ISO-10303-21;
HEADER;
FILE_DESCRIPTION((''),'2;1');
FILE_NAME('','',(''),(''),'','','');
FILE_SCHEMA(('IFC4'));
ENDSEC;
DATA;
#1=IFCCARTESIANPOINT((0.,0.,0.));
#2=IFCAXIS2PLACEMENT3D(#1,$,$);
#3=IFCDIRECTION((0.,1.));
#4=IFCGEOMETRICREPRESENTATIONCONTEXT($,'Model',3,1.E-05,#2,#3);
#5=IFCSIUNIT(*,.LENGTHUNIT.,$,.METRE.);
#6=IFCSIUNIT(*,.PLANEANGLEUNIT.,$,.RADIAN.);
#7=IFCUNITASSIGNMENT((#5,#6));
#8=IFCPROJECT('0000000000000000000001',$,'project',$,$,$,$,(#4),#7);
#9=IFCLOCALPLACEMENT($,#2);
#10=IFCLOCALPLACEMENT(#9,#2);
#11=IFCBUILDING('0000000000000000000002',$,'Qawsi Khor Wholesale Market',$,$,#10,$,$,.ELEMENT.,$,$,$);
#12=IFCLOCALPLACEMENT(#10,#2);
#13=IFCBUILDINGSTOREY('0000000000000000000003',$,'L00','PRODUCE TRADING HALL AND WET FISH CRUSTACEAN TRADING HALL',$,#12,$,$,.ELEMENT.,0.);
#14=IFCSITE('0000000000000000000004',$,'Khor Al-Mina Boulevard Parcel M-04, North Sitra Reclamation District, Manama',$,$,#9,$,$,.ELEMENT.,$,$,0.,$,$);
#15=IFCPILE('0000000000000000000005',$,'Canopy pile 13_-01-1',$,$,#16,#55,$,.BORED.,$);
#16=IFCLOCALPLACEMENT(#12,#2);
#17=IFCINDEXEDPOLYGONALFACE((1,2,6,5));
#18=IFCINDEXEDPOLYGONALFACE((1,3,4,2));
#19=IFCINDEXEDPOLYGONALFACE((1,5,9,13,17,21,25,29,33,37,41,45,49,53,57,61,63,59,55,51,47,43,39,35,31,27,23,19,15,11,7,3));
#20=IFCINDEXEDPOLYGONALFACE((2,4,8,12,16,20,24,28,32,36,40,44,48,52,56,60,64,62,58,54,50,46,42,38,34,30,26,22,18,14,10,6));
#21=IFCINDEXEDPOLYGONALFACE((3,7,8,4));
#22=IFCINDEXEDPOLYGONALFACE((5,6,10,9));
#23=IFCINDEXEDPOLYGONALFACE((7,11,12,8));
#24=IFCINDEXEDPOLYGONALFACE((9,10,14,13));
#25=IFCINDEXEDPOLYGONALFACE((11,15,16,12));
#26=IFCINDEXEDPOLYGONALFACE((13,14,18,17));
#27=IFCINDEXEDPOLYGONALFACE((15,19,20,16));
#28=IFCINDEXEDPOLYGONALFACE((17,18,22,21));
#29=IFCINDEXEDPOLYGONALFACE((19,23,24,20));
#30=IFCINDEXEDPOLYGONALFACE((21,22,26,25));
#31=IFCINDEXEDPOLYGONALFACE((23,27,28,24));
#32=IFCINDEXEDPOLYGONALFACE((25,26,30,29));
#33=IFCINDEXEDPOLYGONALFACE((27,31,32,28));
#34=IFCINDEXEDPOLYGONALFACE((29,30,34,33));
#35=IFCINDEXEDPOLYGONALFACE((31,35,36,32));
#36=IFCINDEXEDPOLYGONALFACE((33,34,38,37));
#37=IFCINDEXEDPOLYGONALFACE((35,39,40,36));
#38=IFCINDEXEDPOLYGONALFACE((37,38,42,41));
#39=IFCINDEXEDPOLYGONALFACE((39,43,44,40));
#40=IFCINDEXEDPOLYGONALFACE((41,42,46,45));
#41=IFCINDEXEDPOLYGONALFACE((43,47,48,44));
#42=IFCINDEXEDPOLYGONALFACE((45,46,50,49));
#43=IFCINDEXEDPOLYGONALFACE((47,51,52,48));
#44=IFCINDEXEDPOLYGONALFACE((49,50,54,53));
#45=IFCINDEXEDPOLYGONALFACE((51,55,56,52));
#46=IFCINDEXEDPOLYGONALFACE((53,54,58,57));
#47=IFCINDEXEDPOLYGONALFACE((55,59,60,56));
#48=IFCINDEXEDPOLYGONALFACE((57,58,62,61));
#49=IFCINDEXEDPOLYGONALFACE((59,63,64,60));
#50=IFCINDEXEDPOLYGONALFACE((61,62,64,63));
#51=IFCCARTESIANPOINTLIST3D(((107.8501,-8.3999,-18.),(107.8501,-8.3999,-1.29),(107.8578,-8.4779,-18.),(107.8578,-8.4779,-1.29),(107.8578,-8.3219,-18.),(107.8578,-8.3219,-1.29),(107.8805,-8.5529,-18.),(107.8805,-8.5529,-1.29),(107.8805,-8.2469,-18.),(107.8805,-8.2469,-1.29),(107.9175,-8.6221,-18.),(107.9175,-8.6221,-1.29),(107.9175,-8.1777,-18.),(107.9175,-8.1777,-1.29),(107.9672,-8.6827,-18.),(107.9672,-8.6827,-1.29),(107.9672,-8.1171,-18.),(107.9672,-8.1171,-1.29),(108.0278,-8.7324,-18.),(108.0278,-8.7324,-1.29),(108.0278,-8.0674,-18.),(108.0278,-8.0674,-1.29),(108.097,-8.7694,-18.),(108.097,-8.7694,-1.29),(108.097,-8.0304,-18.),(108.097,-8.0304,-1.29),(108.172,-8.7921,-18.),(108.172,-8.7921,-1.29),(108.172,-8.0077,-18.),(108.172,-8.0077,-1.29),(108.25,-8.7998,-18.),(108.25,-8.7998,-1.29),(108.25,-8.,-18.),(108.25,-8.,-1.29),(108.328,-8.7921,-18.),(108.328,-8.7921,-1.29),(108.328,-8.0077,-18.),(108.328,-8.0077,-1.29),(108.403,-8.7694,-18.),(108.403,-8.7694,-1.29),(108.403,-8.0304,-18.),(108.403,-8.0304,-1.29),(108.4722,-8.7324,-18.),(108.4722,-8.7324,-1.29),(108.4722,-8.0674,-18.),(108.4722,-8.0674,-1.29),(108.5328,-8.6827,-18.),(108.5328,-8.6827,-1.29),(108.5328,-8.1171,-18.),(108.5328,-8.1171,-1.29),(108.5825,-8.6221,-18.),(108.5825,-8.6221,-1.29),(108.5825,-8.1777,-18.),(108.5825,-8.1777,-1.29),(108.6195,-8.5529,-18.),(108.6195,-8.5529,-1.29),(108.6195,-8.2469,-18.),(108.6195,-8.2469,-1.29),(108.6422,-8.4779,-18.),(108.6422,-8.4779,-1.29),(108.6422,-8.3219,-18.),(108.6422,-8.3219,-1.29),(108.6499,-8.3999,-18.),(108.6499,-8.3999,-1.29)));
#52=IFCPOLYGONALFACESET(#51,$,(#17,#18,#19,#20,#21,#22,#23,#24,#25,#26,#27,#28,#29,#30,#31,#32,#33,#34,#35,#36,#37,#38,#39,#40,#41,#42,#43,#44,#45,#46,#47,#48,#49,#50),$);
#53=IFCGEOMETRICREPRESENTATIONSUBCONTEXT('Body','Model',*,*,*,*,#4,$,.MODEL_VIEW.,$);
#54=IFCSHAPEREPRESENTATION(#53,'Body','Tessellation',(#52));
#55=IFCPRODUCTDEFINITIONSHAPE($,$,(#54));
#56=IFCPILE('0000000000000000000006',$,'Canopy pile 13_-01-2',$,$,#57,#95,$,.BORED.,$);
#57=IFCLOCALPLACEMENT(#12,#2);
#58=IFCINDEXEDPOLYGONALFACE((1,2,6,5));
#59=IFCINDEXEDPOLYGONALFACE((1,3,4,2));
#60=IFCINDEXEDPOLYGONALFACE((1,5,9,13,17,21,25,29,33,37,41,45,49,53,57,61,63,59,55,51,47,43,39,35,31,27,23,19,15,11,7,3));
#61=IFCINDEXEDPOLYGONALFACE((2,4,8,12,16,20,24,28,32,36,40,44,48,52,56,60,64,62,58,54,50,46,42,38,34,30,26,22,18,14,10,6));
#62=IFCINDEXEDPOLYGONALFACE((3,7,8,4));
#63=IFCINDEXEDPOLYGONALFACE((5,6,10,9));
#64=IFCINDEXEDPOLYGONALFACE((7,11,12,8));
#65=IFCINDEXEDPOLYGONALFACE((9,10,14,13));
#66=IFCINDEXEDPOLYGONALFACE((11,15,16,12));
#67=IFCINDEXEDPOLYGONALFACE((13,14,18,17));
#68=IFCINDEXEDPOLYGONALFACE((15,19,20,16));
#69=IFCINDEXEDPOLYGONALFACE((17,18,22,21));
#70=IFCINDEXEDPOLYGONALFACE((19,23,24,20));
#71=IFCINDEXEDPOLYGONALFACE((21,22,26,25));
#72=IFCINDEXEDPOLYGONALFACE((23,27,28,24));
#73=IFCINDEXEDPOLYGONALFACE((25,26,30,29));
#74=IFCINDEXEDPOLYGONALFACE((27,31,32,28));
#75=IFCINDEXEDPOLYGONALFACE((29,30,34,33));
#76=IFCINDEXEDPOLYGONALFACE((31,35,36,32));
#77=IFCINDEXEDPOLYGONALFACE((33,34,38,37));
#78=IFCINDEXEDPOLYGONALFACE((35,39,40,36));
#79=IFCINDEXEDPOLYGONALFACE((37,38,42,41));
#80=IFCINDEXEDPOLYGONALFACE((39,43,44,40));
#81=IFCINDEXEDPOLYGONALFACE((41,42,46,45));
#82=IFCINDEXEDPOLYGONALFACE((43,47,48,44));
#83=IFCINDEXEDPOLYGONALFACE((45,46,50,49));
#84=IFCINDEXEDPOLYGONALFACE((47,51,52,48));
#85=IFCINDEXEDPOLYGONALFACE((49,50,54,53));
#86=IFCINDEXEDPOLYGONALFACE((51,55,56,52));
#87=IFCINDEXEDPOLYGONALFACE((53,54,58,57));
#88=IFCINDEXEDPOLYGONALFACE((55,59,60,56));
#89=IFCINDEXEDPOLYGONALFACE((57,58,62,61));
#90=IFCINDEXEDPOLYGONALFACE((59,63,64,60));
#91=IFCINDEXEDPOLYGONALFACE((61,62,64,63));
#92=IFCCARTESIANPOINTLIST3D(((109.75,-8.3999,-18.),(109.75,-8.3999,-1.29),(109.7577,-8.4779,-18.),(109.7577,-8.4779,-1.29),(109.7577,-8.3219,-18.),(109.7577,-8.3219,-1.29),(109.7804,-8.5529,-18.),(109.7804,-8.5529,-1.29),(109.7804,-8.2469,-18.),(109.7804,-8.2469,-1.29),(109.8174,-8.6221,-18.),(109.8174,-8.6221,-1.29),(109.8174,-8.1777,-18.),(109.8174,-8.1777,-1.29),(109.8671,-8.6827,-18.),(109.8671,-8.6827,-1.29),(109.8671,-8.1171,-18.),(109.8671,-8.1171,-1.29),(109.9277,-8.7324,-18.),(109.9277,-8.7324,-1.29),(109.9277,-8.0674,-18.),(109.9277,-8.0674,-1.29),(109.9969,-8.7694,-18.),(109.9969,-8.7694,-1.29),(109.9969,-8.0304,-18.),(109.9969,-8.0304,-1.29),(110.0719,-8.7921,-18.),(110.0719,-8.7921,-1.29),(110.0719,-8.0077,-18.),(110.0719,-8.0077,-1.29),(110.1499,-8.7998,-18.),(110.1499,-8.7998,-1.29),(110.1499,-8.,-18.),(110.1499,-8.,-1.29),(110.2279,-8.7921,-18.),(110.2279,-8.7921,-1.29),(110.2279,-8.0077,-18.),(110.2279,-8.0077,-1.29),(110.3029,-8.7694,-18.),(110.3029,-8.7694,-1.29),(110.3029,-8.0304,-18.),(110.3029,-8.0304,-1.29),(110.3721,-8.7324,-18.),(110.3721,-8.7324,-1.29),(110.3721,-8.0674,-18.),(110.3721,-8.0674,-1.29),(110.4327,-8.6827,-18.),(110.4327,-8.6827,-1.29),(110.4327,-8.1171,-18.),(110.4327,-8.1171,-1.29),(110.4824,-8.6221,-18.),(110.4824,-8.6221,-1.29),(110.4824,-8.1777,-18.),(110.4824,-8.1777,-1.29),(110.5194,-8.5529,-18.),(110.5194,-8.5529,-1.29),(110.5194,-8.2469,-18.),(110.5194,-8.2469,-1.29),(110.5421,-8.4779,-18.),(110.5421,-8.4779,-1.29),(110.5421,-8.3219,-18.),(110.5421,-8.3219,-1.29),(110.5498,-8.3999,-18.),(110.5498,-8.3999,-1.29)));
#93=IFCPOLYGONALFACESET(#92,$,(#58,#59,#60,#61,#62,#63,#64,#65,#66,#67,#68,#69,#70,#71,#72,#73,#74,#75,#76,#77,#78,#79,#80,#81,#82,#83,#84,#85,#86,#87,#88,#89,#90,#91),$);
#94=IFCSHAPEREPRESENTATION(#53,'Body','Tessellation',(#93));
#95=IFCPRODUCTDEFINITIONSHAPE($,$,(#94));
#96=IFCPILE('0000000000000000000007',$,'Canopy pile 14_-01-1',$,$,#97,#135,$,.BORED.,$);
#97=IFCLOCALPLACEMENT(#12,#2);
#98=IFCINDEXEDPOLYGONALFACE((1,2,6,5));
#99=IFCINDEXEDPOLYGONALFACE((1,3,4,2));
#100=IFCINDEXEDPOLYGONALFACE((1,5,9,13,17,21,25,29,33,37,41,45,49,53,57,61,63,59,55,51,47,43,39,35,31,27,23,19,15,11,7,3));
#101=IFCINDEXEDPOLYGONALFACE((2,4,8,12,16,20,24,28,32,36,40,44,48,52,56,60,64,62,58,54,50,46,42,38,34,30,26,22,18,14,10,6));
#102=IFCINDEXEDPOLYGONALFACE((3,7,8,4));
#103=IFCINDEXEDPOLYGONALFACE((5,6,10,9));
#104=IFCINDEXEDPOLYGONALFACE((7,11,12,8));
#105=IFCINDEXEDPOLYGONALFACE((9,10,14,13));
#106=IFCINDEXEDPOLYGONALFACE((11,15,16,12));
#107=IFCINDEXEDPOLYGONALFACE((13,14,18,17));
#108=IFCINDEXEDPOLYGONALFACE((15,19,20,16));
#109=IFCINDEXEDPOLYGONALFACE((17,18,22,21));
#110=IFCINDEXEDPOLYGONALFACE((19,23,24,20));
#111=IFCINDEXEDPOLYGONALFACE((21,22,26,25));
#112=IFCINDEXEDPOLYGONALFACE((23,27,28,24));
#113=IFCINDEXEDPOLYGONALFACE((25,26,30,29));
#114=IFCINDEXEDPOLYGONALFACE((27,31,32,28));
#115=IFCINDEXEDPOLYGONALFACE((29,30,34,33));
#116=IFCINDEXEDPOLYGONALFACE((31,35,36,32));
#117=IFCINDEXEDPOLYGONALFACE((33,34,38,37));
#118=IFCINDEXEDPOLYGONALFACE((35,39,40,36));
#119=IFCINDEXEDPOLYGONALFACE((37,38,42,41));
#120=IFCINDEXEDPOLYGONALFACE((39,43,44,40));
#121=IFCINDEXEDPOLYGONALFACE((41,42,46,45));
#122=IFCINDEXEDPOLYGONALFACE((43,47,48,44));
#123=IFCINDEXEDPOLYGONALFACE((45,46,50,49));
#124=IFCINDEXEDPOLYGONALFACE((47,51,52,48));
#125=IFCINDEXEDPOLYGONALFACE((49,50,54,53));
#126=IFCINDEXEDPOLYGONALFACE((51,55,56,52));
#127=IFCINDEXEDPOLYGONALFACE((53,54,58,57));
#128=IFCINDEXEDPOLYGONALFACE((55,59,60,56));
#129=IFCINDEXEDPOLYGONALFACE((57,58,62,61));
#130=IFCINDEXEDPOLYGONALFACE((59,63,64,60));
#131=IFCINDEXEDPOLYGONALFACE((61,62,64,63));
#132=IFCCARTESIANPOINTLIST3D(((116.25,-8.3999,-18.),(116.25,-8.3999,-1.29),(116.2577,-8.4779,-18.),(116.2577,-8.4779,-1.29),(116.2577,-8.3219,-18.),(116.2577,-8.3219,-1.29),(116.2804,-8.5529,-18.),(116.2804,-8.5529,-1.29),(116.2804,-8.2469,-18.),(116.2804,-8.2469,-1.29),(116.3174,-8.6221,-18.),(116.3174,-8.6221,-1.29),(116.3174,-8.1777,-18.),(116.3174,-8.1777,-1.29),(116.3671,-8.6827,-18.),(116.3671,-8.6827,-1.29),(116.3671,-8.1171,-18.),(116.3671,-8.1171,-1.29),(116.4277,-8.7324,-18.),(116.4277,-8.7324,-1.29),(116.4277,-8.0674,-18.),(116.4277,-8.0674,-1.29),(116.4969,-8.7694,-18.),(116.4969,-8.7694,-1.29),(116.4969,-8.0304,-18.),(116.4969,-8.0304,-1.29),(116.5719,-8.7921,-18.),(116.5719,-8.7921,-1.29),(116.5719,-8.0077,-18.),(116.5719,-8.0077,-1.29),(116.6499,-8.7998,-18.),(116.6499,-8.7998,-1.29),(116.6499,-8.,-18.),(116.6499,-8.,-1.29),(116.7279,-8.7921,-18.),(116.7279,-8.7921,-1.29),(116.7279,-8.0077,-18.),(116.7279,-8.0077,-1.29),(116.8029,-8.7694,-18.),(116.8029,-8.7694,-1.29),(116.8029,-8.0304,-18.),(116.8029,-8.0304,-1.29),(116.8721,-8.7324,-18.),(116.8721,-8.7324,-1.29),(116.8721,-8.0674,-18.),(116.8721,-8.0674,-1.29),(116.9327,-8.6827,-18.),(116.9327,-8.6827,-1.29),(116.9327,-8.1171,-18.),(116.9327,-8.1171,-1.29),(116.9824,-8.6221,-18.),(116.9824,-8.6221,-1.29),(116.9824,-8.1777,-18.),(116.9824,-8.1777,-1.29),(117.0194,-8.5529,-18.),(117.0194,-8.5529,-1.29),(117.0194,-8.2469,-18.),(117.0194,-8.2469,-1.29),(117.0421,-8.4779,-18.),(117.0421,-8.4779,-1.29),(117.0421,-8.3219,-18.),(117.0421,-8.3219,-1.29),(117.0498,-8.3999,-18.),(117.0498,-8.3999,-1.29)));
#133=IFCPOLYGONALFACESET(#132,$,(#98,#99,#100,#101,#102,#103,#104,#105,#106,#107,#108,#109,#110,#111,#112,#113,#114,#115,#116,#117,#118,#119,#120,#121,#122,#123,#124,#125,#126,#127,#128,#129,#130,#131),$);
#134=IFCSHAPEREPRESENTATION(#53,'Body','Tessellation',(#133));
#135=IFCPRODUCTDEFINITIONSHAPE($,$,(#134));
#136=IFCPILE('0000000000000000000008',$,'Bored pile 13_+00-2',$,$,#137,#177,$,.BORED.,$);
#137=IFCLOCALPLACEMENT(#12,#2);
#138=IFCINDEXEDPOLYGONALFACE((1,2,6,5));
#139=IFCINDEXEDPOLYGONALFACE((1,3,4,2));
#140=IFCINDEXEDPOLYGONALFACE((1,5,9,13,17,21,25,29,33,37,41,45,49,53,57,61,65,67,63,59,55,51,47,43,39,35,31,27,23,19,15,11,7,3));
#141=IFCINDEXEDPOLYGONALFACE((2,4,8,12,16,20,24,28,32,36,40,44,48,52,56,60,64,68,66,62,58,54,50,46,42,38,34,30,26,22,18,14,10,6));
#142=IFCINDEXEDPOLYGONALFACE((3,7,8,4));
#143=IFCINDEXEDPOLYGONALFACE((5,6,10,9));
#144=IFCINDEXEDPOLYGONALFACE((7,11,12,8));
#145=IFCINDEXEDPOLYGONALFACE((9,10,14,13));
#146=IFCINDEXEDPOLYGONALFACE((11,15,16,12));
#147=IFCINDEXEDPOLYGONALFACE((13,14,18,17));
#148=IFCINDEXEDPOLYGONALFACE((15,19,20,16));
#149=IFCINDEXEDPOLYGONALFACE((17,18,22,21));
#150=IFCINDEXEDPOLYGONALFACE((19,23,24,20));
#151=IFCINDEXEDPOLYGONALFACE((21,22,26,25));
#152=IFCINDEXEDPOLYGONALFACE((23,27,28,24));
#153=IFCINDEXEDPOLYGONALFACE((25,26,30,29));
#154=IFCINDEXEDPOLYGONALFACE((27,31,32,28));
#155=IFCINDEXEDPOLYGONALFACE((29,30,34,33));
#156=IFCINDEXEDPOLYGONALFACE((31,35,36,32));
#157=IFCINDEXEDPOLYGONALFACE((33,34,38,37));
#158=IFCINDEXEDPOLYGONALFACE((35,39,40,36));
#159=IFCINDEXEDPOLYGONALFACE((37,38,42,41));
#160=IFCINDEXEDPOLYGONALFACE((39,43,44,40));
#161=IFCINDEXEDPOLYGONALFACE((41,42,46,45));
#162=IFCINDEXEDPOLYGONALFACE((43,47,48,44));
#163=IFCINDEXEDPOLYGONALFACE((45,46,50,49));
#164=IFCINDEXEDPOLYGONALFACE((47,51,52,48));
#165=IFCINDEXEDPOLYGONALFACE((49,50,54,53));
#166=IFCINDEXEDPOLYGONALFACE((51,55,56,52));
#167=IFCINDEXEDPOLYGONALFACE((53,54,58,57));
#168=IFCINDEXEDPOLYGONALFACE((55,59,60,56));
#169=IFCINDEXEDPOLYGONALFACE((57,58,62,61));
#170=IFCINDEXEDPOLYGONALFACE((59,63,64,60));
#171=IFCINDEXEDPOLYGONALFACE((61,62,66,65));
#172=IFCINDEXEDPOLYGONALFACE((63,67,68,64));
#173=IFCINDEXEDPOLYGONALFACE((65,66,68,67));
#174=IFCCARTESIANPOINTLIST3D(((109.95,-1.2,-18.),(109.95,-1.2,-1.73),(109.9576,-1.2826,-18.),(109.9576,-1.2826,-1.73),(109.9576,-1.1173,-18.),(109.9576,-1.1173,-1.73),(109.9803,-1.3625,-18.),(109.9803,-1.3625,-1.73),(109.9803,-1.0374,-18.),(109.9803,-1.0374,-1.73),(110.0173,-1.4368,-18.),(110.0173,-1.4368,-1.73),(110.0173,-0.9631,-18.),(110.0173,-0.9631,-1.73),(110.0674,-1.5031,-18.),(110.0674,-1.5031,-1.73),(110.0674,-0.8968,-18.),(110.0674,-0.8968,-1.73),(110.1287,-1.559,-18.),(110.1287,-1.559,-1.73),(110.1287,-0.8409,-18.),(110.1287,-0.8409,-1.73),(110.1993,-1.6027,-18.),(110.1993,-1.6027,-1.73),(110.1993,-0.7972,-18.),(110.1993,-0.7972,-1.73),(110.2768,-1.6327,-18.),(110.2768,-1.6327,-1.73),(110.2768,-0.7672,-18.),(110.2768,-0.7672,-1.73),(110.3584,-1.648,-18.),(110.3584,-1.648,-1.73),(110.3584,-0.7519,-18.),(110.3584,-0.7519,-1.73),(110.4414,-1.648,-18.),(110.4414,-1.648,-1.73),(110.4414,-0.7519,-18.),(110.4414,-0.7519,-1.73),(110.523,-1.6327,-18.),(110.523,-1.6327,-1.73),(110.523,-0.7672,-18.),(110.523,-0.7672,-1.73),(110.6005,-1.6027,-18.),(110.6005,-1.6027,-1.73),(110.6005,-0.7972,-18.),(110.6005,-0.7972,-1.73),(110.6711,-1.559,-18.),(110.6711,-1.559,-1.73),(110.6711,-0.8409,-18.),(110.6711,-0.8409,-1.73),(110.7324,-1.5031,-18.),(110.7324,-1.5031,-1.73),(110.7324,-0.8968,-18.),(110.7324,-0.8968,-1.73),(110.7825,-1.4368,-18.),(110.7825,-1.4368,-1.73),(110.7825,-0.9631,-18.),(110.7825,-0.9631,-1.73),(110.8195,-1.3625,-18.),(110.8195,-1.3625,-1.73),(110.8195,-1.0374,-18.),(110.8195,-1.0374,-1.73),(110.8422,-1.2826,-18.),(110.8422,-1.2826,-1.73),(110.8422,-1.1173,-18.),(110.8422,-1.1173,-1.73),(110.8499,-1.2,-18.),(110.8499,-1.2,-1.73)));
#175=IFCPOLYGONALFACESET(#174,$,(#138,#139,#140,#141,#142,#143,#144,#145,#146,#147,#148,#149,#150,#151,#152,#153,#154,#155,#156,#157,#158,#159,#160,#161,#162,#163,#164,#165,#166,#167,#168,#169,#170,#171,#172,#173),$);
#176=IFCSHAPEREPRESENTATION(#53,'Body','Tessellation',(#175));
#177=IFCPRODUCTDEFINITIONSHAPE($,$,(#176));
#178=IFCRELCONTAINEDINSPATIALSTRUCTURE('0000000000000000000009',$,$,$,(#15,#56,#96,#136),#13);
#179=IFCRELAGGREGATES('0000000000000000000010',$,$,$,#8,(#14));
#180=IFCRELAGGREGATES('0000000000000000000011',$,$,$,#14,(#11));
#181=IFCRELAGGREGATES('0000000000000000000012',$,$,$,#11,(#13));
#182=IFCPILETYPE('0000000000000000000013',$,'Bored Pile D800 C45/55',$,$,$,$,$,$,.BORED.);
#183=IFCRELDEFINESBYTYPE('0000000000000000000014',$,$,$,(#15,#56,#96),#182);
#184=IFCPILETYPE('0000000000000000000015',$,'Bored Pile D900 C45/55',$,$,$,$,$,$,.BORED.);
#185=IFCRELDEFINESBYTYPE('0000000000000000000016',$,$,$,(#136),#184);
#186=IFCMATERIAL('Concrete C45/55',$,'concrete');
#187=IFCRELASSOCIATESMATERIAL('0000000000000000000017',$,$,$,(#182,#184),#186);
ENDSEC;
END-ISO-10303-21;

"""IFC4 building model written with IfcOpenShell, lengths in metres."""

from ifc_helpers import new_model, si_unit, direction, frame, origin, origin_2d, place, context, subcontext, project, spatial, circle, extrude, material, material_profile, profile_set, type_object, element, save


model = new_model("IFC4")

# Units and contexts
model_context = context("Model", 3, precision=1e-05, world=origin(), true_north=direction((0.0, 1.0)))
body_context = subcontext(model_context, "Body", "Model", "MODEL_VIEW")
ifc_project = project(units=[si_unit("LENGTHUNIT", "METRE"), si_unit("PLANEANGLEUNIT", "RADIAN")], contexts=[model_context])

# Site, building, storey
site_placement = place(None, origin())
site = spatial("IfcSite", under=ifc_project, at=site_placement, Name="Khor Al-Mina Boulevard Parcel M-04, North Sitra Reclamation District, Manama", CompositionType="ELEMENT", RefElevation=0.0)
building_placement = place(site_placement, origin())
building = spatial("IfcBuilding", under=site, at=building_placement, Name="Qawsi Khor Wholesale Market", CompositionType="ELEMENT")
storey_placement = place(building_placement, origin())
storey = spatial("IfcBuildingStorey", under=building, at=storey_placement, Name="L00", Description="PRODUCE TRADING HALL AND WET FISH CRUSTACEAN TRADING HALL", CompositionType="ELEMENT", Elevation=0.0)

# Piles
ifc_material_1 = material(Name="Concrete C45/55", Category="concrete")
ifc_material_profile_1 = material_profile(ifc_material_1, circle(Radius=0.3999, at=origin_2d()), Name="PILE D800")
ifc_profile_set_1 = profile_set([ifc_material_profile_1], Name="Concrete C45/55")
pile_type_1 = type_object("IfcPileType", Name="Bored Pile D800 C45/55", PredefinedType="BORED", material=ifc_profile_set_1)
for number, where, z_axis, x_axis, name in (
    (1, (108.25, -8.3999, -1.29), (0.0, 0.0, -1.0), (1.0, 0.0, 0.0), "Canopy pile 13_-01-1"),
    (2, (110.1499, -8.3999, -1.29), (0.0, 0.0, -1.0), (1.0, 0.0, 0.0), "Canopy pile 13_-01-2"),
    (3, (116.6499, -8.3999, -1.29), (0.0, 0.0, -1.0), (1.0, 0.0, 0.0), "Canopy pile 14_-01-1"),
):
    element("IfcPile", number, at=place(storey_placement, frame(where, z_axis=z_axis, x_axis=x_axis)), inside=storey, type_object=pile_type_1, Name=name, PredefinedType="BORED", context=body_context, shape_type="SweptSolid", body=[
        extrude(circle(Radius=0.3999, at=origin_2d()), origin(), (0.0, 0.0, 1.0), 16.71),
    ])
ifc_material_profile_2 = material_profile(ifc_material_1, circle(Radius=0.45, at=origin_2d()), Name="PILE D900")
ifc_profile_set_2 = profile_set([ifc_material_profile_2], Name="Concrete C45/55")
pile_type_2 = type_object("IfcPileType", Name="Bored Pile D900 C45/55", PredefinedType="BORED", material=ifc_profile_set_2)
for number, where, z_axis, x_axis, name in (
    (4, (110.3999, -1.2, -1.73), (0.0, 0.0, -1.0), (1.0, 0.0, 0.0), "Bored pile 13_+00-2"),
):
    element("IfcPile", number, at=place(storey_placement, frame(where, z_axis=z_axis, x_axis=x_axis)), inside=storey, type_object=pile_type_2, Name=name, PredefinedType="BORED", context=body_context, shape_type="SweptSolid", body=[
        extrude(circle(Radius=0.45, at=origin_2d()), origin(), (0.0, 0.0, 1.0), 16.27),
    ])

save(model, "model.ifc")
